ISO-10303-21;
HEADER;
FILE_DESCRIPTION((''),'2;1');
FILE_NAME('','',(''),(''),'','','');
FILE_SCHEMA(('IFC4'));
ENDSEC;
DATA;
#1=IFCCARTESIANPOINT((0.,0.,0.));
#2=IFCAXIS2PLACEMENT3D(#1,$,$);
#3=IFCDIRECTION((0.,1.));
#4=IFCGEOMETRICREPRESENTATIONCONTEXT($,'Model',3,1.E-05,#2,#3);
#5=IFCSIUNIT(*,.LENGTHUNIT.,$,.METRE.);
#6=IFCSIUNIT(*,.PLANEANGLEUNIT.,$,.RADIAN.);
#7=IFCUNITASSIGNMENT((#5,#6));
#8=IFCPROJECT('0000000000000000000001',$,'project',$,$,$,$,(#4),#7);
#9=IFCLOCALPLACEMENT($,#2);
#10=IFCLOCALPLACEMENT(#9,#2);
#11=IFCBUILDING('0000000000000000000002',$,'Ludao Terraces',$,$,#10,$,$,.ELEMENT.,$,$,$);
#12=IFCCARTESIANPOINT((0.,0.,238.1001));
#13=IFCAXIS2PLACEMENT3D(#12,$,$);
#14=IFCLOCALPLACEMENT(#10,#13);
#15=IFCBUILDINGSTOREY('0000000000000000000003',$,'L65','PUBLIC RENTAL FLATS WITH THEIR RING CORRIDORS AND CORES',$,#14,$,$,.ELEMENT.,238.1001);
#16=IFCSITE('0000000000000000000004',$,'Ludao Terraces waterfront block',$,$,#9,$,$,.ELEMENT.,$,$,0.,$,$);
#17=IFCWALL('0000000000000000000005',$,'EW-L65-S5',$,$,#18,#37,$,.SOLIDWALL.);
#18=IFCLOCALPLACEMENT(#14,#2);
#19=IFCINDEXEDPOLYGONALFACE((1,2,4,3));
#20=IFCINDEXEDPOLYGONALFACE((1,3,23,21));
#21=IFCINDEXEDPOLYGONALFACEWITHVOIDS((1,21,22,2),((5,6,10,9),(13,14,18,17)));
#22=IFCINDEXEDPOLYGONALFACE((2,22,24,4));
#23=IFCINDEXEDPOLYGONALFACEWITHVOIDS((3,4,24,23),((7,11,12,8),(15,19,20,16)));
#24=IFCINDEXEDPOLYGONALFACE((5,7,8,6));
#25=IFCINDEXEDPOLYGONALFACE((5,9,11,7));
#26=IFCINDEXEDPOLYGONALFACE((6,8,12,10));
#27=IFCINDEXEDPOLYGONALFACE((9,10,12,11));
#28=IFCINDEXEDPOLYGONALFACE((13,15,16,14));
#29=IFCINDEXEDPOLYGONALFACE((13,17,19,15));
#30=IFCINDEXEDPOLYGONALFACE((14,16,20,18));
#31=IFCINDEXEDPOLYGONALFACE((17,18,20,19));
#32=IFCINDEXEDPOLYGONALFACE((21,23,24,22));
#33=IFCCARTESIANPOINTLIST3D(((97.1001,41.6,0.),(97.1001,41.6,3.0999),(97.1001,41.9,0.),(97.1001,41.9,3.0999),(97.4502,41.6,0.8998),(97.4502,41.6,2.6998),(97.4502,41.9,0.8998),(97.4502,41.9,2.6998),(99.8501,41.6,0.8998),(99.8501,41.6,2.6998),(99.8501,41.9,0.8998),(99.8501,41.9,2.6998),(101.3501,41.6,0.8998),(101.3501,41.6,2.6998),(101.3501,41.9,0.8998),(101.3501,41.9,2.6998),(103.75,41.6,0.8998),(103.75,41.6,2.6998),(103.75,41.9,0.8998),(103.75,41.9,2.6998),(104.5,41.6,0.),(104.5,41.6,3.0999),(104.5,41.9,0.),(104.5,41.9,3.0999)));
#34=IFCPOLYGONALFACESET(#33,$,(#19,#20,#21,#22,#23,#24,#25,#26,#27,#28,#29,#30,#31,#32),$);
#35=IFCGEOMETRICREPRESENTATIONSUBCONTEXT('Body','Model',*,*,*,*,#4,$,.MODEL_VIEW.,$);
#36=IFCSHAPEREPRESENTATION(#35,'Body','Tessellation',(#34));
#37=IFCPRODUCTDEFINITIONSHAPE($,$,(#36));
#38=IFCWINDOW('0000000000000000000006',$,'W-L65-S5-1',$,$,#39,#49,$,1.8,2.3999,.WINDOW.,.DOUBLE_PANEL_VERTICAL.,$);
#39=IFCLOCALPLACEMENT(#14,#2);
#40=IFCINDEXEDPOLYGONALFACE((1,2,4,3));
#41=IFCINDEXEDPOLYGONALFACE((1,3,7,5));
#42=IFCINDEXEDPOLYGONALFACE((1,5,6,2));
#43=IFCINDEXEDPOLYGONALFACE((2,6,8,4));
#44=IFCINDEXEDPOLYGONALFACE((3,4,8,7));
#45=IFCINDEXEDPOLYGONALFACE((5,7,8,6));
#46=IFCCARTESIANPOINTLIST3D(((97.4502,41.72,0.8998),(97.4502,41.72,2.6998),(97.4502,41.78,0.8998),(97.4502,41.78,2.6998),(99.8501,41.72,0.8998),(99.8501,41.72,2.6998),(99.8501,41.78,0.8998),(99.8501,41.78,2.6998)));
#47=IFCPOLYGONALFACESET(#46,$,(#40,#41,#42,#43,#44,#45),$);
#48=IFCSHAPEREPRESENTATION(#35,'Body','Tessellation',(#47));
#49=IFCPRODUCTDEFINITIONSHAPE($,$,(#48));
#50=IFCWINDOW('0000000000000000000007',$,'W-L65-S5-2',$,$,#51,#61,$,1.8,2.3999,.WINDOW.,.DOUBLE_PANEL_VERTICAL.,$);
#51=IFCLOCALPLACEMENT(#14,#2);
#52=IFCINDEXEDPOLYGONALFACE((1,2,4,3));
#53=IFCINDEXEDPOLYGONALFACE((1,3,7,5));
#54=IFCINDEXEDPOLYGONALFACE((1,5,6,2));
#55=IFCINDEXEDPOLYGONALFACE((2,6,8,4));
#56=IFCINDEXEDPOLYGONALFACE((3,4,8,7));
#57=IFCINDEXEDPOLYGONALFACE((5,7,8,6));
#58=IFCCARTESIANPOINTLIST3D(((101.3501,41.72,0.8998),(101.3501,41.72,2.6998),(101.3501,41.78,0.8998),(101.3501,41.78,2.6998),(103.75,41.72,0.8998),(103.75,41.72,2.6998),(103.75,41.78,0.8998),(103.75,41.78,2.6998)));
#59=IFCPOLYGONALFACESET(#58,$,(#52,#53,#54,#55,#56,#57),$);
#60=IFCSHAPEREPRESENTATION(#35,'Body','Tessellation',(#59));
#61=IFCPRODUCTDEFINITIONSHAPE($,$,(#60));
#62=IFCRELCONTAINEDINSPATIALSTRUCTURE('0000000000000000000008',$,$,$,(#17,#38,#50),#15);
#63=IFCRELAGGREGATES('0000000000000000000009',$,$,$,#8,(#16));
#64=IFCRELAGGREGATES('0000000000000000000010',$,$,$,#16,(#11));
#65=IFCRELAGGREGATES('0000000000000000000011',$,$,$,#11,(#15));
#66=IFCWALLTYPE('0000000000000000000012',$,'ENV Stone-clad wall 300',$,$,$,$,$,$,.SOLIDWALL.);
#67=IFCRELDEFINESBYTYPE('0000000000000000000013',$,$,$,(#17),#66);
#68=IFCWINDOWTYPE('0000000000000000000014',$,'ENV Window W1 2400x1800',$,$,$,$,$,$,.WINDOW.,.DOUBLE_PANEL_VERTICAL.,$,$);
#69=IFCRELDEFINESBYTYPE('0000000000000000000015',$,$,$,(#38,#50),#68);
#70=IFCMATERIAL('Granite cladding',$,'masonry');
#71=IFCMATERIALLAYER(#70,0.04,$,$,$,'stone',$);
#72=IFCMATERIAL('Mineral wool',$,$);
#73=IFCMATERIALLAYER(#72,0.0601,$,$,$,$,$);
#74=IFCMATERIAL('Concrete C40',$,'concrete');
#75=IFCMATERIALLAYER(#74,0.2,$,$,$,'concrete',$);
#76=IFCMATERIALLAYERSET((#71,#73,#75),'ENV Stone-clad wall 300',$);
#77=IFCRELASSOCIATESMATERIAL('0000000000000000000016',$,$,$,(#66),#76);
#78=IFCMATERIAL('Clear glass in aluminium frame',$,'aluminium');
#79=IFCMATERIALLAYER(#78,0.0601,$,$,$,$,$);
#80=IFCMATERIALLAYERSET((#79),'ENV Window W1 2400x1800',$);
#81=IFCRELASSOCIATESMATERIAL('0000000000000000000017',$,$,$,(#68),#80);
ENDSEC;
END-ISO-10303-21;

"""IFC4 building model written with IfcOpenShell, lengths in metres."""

from ifc_helpers import new_model, si_unit, direction, frame, frame_2d, origin, place, context, subcontext, project, spatial, rectangle, extrude, material, layer, layer_set, type_object, element, fill, save


model = new_model("IFC4")

# Units and contexts
model_context = context("Model", 3, precision=1e-05, world=origin(), true_north=direction((0.0, 1.0)))
body_context = subcontext(model_context, "Body", "Model", "MODEL_VIEW")
ifc_project = project(units=[si_unit("LENGTHUNIT", "METRE"), si_unit("PLANEANGLEUNIT", "RADIAN")], contexts=[model_context])

# Site, building, storey
site_placement = place(None, origin())
site = spatial("IfcSite", under=ifc_project, at=site_placement, Name="Ludao Terraces waterfront block", CompositionType="ELEMENT", RefElevation=0.0)
building_placement = place(site_placement, origin())
building = spatial("IfcBuilding", under=site, at=building_placement, Name="Ludao Terraces", CompositionType="ELEMENT")
storey_placement = place(building_placement, frame((0.0, 0.0, 238.1001)))
storey = spatial("IfcBuildingStorey", under=building, at=storey_placement, Name="L65", Description="PUBLIC RENTAL FLATS WITH THEIR RING CORRIDORS AND CORES", CompositionType="ELEMENT", Elevation=238.1001)

# Wall, openings, windows
ifc_material_1 = material(Name="Granite cladding", Category="masonry")
ifc_layer_1 = layer(ifc_material_1, 0.04, Category="stone")
ifc_material_2 = material(Name="Mineral wool")
ifc_layer_2 = layer(ifc_material_2, 0.0601)
ifc_material_3 = material(Name="Concrete C40", Category="concrete")
ifc_layer_3 = layer(ifc_material_3, 0.2, Category="concrete")
ifc_layer_set_1 = layer_set([ifc_layer_1, ifc_layer_2, ifc_layer_3], Name="ENV Stone-clad wall 300")
wall_type = type_object("IfcWallType", Name="ENV Stone-clad wall 300", PredefinedType="SOLIDWALL", material=ifc_layer_set_1)
wall_placement = place(storey_placement, frame((97.1001, 41.75, 0.0), z_axis=(0.0, 0.0, 1.0), x_axis=(1.0, 0.0, 0.0)))
wall = element("IfcWall", 1, at=wall_placement, inside=storey, type_object=wall_type, Name="EW-L65-S5", PredefinedType="SOLIDWALL", context=body_context, shape_type="SweptSolid", body=[
    extrude(rectangle(XDim=7.3999, YDim=0.3, at=frame_2d((3.7, 0.0))), origin(), (0.0, 0.0, 1.0), 3.0999),
])
opening_1_placement = place(wall_placement, frame((0.3501, 0.0, 0.8999)))
opening_1 = element("IfcOpeningElement", 2, at=opening_1_placement, cuts=wall, PredefinedType="OPENING", context=body_context, shape_type="SweptSolid", body=[
    extrude(rectangle(XDim=2.3999, YDim=1.8, at=frame_2d((1.2, 0.8999))), frame((0.0, 0.1602, 0.0), z_axis=(0.0, -1.0, 0.0), x_axis=(1.0, 0.0, 0.0)), (0.0, 0.0, 1.0), 0.3201),
])
opening_2_placement = place(wall_placement, frame((4.25, 0.0, 0.8999)))
opening_2 = element("IfcOpeningElement", 3, at=opening_2_placement, cuts=wall, PredefinedType="OPENING", context=body_context, shape_type="SweptSolid", body=[
    extrude(rectangle(XDim=2.3999, YDim=1.8, at=frame_2d((1.2, 0.8999))), frame((0.0, 0.1602, 0.0), z_axis=(0.0, -1.0, 0.0), x_axis=(1.0, 0.0, 0.0)), (0.0, 0.0, 1.0), 0.3201),
])
ifc_material_4 = material(Name="Clear glass in aluminium frame", Category="aluminium")
ifc_layer_4 = layer(ifc_material_4, 0.0601)
ifc_layer_set_2 = layer_set([ifc_layer_4], Name="ENV Window W1 2400x1800")
window_type = type_object("IfcWindowType", Name="ENV Window W1 2400x1800", PartitioningType="DOUBLE_PANEL_VERTICAL", PredefinedType="WINDOW", material=ifc_layer_set_2)
window_1_placement = place(opening_1_placement, origin())
window_1 = element("IfcWindow", 4, at=window_1_placement, inside=storey, type_object=window_type, Name="W-L65-S5-1", OverallHeight=1.8, OverallWidth=2.3999, PartitioningType="DOUBLE_PANEL_VERTICAL", PredefinedType="WINDOW", context=body_context, shape_type="SweptSolid", body=[
    extrude(rectangle(XDim=2.3999, YDim=1.8, at=frame_2d((1.2, 0.8999))), frame((0.0, 0.03, 0.0), z_axis=(0.0, -1.0, 0.0), x_axis=(1.0, 0.0, 0.0)), (0.0, 0.0, 1.0), 0.0601),
])
fill(opening_1, window_1)
window_2_placement = place(opening_2_placement, origin())
window_2 = element("IfcWindow", 5, at=window_2_placement, inside=storey, type_object=window_type, Name="W-L65-S5-2", OverallHeight=1.8, OverallWidth=2.3999, PartitioningType="DOUBLE_PANEL_VERTICAL", PredefinedType="WINDOW", context=body_context, shape_type="SweptSolid", body=[
    extrude(rectangle(XDim=2.3999, YDim=1.8, at=frame_2d((1.2, 0.8999))), frame((0.0, 0.03, 0.0), z_axis=(0.0, -1.0, 0.0), x_axis=(1.0, 0.0, 0.0)), (0.0, 0.0, 1.0), 0.0601),
])
fill(opening_2, window_2)

save(model, "model.ifc")
